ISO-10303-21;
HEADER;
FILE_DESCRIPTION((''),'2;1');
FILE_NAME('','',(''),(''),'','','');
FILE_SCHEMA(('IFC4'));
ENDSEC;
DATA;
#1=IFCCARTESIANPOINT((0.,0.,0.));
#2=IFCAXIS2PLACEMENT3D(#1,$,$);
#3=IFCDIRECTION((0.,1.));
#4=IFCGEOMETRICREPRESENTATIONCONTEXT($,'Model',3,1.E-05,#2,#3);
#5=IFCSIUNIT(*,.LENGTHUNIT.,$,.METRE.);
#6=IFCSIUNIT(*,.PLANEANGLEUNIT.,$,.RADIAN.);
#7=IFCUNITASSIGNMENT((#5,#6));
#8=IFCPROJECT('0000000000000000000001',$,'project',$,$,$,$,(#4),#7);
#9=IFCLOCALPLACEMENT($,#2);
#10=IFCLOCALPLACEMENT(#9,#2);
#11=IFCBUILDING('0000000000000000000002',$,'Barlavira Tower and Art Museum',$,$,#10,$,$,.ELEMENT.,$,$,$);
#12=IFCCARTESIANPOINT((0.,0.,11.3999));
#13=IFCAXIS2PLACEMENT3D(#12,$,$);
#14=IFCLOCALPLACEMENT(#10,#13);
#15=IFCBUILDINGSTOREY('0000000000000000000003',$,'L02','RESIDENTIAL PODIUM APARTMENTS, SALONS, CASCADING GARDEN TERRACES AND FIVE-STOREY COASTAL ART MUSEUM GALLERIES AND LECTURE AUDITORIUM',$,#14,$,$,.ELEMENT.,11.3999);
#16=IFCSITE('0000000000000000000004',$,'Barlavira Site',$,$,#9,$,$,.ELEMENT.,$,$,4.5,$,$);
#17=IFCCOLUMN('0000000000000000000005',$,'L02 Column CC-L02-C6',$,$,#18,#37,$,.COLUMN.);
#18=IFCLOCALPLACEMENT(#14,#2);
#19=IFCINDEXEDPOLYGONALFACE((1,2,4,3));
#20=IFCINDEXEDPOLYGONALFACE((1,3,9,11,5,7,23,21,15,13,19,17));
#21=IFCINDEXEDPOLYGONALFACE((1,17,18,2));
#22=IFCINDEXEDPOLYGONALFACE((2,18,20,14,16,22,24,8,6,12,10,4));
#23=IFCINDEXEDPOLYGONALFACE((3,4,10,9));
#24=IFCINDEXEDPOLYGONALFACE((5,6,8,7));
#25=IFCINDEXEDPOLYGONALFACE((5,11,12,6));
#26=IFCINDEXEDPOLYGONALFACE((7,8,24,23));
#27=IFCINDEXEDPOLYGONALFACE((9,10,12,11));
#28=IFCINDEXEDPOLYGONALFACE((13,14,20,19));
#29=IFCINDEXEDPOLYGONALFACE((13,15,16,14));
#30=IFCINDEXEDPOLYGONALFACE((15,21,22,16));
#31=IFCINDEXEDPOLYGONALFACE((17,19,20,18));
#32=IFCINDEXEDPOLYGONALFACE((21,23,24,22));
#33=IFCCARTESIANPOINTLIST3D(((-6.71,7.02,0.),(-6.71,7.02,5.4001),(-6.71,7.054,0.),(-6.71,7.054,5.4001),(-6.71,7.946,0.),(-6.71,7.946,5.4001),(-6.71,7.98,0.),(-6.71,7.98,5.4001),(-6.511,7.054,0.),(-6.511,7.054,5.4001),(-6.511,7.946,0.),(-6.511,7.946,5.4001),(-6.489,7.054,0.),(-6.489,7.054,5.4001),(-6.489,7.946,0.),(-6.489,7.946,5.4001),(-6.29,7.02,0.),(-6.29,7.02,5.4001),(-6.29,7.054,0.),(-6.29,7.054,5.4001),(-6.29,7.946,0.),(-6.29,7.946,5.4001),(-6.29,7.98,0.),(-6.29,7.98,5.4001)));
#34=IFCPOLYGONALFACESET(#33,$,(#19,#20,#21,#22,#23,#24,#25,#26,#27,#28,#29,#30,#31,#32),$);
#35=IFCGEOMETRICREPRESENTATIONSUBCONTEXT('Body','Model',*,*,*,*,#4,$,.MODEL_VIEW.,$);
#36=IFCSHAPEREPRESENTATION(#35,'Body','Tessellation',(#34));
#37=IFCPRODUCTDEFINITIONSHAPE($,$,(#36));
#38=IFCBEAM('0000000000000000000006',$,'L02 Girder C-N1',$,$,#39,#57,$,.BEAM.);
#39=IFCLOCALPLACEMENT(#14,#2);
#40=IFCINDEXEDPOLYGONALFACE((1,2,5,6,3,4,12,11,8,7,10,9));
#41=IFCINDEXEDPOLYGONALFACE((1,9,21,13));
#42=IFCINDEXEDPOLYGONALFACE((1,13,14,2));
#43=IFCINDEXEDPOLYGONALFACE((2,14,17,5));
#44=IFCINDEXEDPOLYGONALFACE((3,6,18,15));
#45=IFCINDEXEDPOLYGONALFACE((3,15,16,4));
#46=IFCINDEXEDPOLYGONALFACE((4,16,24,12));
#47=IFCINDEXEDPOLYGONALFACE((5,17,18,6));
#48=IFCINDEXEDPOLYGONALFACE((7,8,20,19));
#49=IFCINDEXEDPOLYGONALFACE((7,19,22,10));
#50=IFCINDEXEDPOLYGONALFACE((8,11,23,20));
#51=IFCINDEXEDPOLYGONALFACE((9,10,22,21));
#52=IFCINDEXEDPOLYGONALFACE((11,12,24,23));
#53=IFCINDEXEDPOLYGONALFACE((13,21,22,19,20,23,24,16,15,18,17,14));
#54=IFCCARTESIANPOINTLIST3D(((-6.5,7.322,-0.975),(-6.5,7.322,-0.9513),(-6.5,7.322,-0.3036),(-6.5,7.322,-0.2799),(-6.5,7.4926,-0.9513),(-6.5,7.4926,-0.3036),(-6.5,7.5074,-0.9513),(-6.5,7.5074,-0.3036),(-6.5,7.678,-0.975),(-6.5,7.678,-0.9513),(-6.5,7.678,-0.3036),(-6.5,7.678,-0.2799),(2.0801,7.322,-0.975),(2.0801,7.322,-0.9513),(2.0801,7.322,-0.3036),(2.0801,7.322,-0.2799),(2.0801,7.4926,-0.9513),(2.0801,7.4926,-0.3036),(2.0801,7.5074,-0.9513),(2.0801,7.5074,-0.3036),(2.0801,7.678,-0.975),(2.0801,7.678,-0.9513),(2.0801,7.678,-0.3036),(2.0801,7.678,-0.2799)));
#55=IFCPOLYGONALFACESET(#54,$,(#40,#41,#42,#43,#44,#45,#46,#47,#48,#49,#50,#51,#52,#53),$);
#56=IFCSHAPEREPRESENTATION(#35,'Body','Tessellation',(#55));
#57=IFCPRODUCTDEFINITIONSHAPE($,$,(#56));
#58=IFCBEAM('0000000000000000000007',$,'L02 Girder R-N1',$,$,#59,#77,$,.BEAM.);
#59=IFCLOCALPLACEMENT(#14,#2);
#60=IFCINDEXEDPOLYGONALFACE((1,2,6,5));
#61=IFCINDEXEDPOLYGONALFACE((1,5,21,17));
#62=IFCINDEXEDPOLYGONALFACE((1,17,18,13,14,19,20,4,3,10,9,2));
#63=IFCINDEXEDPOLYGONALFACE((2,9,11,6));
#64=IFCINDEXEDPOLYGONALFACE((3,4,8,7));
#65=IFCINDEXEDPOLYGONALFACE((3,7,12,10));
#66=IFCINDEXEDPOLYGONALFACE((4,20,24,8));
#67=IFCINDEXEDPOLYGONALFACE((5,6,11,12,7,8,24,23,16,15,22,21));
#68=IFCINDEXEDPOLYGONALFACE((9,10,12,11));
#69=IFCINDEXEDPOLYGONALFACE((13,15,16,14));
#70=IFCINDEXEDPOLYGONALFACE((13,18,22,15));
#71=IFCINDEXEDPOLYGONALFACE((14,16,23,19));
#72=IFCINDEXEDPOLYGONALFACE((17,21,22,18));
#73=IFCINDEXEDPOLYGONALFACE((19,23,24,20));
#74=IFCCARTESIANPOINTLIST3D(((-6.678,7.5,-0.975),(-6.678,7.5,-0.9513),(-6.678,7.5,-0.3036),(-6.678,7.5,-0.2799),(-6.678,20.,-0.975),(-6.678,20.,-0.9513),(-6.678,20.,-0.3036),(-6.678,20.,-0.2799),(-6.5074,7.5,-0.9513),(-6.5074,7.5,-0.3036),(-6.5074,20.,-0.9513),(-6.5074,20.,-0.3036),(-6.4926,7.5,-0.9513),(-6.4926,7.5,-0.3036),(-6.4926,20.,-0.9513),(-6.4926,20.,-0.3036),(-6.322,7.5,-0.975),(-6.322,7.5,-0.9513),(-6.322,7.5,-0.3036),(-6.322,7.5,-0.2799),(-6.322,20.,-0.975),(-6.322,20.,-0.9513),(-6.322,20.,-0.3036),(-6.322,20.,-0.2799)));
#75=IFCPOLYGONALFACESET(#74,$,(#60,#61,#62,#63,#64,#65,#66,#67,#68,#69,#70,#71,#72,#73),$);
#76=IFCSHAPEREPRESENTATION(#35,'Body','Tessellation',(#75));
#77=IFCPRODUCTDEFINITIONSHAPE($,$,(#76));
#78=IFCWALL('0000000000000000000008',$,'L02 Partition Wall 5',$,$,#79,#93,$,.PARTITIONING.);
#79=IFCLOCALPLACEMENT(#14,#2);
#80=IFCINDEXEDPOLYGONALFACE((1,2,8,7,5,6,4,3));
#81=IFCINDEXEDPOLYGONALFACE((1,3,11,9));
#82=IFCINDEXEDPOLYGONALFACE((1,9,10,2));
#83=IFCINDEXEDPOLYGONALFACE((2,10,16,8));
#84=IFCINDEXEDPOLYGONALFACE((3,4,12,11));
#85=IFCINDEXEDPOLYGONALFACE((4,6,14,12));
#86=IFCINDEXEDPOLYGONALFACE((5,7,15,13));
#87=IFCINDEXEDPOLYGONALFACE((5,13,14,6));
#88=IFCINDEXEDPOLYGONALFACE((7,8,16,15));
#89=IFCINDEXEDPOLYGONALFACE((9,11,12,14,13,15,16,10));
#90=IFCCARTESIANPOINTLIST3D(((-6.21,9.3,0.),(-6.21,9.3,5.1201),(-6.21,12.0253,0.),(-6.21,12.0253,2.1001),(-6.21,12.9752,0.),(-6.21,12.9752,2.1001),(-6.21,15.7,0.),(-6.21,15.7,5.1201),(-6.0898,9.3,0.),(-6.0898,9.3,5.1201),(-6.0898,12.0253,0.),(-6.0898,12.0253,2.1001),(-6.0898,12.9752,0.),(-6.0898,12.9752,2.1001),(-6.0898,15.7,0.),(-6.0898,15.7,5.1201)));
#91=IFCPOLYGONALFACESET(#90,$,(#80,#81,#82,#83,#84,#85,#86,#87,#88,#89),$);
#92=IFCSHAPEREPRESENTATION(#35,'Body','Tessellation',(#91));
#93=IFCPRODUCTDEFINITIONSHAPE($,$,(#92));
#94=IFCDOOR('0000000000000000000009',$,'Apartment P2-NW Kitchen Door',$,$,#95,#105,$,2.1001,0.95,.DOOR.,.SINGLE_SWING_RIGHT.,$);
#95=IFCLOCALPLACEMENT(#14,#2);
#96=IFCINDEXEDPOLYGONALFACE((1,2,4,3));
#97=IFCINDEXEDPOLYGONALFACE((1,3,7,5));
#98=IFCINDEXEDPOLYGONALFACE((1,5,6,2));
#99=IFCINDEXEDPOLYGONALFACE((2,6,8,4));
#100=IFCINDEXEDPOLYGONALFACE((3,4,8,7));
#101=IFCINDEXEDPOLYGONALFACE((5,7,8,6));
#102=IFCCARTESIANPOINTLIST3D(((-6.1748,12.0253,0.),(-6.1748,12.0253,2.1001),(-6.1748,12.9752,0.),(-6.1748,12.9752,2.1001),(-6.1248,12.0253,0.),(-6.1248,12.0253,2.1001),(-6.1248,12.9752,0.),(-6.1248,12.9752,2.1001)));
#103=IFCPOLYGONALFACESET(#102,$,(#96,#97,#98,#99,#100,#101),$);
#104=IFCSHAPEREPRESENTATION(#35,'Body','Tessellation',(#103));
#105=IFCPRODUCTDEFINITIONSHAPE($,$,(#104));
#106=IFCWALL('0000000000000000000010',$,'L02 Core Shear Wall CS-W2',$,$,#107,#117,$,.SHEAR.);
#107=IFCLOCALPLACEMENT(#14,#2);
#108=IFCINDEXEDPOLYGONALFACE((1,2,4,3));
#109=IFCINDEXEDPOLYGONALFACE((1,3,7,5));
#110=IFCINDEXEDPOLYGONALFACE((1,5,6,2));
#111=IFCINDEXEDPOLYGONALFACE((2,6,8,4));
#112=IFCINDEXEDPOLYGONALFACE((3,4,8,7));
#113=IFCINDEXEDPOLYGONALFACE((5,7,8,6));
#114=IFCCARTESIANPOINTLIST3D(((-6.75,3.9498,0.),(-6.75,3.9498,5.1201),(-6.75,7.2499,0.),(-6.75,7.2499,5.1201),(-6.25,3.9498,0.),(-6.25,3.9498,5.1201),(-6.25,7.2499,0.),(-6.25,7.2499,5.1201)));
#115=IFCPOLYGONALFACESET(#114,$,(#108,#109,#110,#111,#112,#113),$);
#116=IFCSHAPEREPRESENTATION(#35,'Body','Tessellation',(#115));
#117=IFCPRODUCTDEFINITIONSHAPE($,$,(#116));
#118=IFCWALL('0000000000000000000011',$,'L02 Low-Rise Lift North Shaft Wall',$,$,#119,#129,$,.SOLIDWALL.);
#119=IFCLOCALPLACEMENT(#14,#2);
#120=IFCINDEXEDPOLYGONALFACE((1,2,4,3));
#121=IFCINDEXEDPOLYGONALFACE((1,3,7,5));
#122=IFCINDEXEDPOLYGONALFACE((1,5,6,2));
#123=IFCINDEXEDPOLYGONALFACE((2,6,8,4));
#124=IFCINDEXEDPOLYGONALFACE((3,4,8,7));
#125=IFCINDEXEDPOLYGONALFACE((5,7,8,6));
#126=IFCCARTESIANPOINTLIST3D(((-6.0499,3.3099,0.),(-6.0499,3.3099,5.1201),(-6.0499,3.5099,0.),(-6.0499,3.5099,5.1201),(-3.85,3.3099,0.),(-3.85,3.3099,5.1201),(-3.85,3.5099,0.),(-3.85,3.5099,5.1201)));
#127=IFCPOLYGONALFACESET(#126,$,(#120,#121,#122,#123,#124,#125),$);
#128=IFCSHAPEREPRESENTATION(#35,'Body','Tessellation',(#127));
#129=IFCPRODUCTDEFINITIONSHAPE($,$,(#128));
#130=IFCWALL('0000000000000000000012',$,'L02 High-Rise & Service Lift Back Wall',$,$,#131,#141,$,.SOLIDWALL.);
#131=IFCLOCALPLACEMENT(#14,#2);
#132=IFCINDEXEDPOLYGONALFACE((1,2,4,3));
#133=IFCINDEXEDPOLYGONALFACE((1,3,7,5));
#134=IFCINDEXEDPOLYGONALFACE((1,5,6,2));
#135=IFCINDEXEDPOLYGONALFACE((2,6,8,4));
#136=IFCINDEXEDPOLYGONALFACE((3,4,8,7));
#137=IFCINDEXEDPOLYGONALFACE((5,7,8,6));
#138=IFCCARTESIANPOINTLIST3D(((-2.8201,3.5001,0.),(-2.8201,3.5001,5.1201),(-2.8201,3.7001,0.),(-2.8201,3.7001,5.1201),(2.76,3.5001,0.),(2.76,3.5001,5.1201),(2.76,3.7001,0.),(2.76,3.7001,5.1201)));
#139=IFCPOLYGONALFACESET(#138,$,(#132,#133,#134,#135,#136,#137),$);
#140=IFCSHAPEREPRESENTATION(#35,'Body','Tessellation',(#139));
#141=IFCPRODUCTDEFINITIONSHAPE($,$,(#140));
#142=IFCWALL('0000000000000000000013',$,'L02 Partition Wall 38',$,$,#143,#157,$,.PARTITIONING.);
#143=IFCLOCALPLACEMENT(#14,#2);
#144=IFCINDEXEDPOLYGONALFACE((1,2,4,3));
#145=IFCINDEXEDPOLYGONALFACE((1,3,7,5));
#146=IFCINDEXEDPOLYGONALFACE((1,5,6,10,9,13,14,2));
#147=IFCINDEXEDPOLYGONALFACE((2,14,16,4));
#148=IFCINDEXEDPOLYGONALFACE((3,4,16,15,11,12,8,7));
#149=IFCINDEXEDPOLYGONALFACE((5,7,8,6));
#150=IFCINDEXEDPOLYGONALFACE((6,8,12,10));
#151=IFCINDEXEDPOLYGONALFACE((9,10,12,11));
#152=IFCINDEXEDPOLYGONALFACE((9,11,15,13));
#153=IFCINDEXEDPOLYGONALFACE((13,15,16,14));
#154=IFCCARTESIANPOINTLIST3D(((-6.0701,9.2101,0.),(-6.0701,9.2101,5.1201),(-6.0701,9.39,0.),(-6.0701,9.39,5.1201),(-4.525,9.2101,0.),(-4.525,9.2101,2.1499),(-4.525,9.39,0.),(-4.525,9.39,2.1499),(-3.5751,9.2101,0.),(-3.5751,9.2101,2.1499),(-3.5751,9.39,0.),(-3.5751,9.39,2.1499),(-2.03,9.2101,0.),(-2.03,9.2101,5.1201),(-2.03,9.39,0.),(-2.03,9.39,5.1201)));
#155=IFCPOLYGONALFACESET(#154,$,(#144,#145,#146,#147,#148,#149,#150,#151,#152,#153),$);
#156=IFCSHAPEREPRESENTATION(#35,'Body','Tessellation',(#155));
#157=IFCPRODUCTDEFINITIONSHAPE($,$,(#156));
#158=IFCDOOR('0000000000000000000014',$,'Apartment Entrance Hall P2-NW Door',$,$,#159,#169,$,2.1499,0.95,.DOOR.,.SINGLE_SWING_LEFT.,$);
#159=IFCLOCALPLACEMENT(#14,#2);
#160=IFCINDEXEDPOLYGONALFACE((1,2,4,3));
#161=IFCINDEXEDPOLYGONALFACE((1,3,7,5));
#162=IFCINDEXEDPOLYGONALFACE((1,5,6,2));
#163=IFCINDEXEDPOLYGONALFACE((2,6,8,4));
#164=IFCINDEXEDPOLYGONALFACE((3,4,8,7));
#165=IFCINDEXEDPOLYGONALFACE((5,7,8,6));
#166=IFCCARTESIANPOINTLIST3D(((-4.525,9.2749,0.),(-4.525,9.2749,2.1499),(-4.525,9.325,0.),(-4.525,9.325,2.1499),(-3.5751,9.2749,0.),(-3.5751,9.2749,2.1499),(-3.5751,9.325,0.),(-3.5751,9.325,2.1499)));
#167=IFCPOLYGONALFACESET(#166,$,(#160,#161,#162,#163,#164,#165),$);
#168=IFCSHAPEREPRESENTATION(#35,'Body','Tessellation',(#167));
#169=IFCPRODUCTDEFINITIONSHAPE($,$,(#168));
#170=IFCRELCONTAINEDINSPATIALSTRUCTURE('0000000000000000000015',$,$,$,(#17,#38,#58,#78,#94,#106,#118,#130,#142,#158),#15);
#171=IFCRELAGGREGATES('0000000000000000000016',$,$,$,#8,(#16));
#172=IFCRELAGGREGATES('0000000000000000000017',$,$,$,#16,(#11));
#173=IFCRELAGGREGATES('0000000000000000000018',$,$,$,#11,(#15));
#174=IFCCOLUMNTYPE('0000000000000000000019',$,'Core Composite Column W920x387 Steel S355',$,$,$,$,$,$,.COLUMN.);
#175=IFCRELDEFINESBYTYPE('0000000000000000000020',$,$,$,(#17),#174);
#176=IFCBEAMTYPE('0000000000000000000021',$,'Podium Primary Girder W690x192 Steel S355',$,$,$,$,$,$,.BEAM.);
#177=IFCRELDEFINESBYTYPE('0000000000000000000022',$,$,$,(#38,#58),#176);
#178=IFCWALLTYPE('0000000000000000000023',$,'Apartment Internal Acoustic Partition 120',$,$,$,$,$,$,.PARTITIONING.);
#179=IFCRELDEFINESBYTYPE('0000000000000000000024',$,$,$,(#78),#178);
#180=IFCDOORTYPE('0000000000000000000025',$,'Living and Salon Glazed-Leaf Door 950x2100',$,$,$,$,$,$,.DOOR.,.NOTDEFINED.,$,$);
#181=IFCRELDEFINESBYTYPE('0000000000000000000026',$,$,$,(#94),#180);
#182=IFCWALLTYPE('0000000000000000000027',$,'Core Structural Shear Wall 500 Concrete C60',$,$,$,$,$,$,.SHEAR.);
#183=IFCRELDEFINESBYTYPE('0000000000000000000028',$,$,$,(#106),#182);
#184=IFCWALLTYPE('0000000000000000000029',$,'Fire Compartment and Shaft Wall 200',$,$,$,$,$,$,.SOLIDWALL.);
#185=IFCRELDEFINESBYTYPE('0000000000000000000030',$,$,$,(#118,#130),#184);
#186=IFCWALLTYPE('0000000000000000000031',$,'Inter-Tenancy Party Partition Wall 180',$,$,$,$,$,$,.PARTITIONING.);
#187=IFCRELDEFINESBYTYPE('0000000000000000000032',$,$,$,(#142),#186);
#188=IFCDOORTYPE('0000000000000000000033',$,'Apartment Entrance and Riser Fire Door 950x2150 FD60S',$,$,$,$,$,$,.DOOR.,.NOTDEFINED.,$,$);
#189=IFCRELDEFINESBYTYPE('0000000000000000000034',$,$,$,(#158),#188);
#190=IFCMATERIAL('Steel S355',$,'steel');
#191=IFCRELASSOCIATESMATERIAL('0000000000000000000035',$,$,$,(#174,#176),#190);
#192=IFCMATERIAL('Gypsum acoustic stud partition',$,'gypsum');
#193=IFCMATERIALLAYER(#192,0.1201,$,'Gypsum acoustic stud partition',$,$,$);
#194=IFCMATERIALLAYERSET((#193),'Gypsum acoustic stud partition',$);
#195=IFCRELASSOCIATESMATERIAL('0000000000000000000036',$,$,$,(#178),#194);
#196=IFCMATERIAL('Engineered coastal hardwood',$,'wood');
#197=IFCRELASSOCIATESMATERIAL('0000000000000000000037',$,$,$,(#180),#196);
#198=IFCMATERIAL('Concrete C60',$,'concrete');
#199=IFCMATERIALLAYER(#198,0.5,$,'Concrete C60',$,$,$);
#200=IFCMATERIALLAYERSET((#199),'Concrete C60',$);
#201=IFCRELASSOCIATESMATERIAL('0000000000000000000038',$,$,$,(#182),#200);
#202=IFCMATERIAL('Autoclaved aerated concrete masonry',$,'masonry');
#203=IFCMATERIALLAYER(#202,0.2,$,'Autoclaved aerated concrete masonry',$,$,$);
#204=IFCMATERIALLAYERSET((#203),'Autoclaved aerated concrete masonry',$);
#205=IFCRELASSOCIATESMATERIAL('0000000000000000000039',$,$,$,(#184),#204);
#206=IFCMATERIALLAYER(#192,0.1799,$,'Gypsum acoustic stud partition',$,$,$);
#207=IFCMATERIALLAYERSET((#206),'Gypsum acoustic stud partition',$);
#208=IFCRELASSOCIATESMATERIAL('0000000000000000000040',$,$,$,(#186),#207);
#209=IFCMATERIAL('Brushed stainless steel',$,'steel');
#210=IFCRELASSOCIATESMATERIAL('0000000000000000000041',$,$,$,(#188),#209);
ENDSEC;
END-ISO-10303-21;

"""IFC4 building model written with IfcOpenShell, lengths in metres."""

from ifc_helpers import new_model, si_unit, direction, frame, frame_2d, origin, origin_2d, place, context, subcontext, project, spatial, rectangle, i_section, extrude, material, layer, layer_set, material_profile, profile_set, type_object, element, fill, save


model = new_model("IFC4")

# Units and contexts
model_context = context("Model", 3, precision=1e-05, world=origin(), true_north=direction((0.0, 1.0)))
body_context = subcontext(model_context, "Body", "Model", "MODEL_VIEW")
ifc_project = project(units=[si_unit("LENGTHUNIT", "METRE"), si_unit("PLANEANGLEUNIT", "RADIAN")], contexts=[model_context])

# Site, building, storey
site_placement = place(None, origin())
site = spatial("IfcSite", under=ifc_project, at=site_placement, Name="Barlavira Site", CompositionType="ELEMENT", RefElevation=4.5)
building_placement = place(site_placement, origin())
building = spatial("IfcBuilding", under=site, at=building_placement, Name="Barlavira Tower and Art Museum", CompositionType="ELEMENT")
storey_placement = place(building_placement, frame((0.0, 0.0, 11.3999)))
storey = spatial("IfcBuildingStorey", under=building, at=storey_placement, Name="L02", Description="RESIDENTIAL PODIUM APARTMENTS, SALONS, CASCADING GARDEN TERRACES AND FIVE-STOREY COASTAL ART MUSEUM GALLERIES AND LECTURE AUDITORIUM", CompositionType="ELEMENT", Elevation=11.3999)

# Column
ifc_material_1 = material(Name="Steel S355", Category="steel")
ifc_material_profile_1 = material_profile(ifc_material_1, i_section(OverallWidth=0.4199, OverallDepth=0.96, WebThickness=0.022, FlangeThickness=0.0339, at=origin_2d()), Name="W920x387.0")
ifc_profile_set_1 = profile_set([ifc_material_profile_1], Name="Steel S355")
column_type = type_object("IfcColumnType", Name="Core Composite Column W920x387 Steel S355", PredefinedType="COLUMN", material=ifc_profile_set_1)
column_placement = place(storey_placement, frame((-6.5, 7.5, 0.0), z_axis=(0.0, 0.0, 1.0), x_axis=(1.0, 0.0, 0.0)))
element("IfcColumn", 1, at=column_placement, inside=storey, type_object=column_type, Name="L02 Column CC-L02-C6", PredefinedType="COLUMN", context=body_context, shape_type="SweptSolid", body=[
    extrude(i_section(OverallWidth=0.4199, OverallDepth=0.96, WebThickness=0.022, FlangeThickness=0.0339, at=origin_2d()), origin(), (0.0, 0.0, 1.0), 5.4001),
])

# Beams
ifc_material_profile_2 = material_profile(ifc_material_1, i_section(OverallWidth=0.356, OverallDepth=0.6951, WebThickness=0.0149, FlangeThickness=0.0237, at=origin_2d()), Name="W690x192.0")
ifc_profile_set_2 = profile_set([ifc_material_profile_2], Name="Steel S355")
beam_type = type_object("IfcBeamType", Name="Podium Primary Girder W690x192 Steel S355", PredefinedType="BEAM", material=ifc_profile_set_2)
beam_1_placement = place(storey_placement, frame((-6.5, 7.5, -0.6274), z_axis=(1.0, 0.0, 0.0), x_axis=(0.0, 1.0, 0.0)))
element("IfcBeam", 2, at=beam_1_placement, inside=storey, type_object=beam_type, Name="L02 Girder C-N1", PredefinedType="BEAM", context=body_context, shape_type="SweptSolid", body=[
    extrude(i_section(OverallWidth=0.356, OverallDepth=0.6951, WebThickness=0.0149, FlangeThickness=0.0237, at=origin_2d()), origin(), (0.0, 0.0, 1.0), 8.5801),
])
beam_2_placement = place(storey_placement, frame((-6.5, 7.5, -0.6274), z_axis=(0.0, 1.0, 0.0), x_axis=(-1.0, 0.0, 0.0)))
element("IfcBeam", 3, at=beam_2_placement, inside=storey, type_object=beam_type, Name="L02 Girder R-N1", PredefinedType="BEAM", context=body_context, shape_type="SweptSolid", body=[
    extrude(i_section(OverallWidth=0.356, OverallDepth=0.6951, WebThickness=0.0149, FlangeThickness=0.0237, at=origin_2d()), origin(), (0.0, 0.0, 1.0), 12.5),
])

# Wall, opening, door
ifc_material_2 = material(Name="Gypsum acoustic stud partition", Category="gypsum")
ifc_layer_1 = layer(ifc_material_2, 0.1201, Name="Gypsum acoustic stud partition")
ifc_layer_set_1 = layer_set([ifc_layer_1], Name="Gypsum acoustic stud partition")
wall_type_1 = type_object("IfcWallType", Name="Apartment Internal Acoustic Partition 120", PredefinedType="PARTITIONING", material=ifc_layer_set_1)
wall_1_placement = place(storey_placement, frame((-6.1499, 9.3, 0.0), z_axis=(0.0, 0.0, 1.0), x_axis=(0.0, 1.0, 0.0)))
wall_1 = element("IfcWall", 4, at=wall_1_placement, inside=storey, type_object=wall_type_1, Name="L02 Partition Wall 5", PredefinedType="PARTITIONING", context=body_context, shape_type="SweptSolid", body=[
    extrude(rectangle(XDim=6.3999, YDim=0.1201, at=frame_2d((3.2, 0.0))), origin(), (0.0, 0.0, 1.0), 5.1201),
])
opening_1_placement = place(wall_1_placement, frame((2.7251, 0.0, 0.0)))
opening_1 = element("IfcOpeningElement", 5, at=opening_1_placement, cuts=wall_1, PredefinedType="OPENING", context=body_context, shape_type="SweptSolid", body=[
    extrude(rectangle(XDim=0.95, YDim=2.1001, at=frame_2d((0.4751, 1.05))), frame((0.0, 0.0701, 0.0), z_axis=(0.0, -1.0, 0.0), x_axis=(1.0, 0.0, 0.0)), (0.0, 0.0, 1.0), 0.1401),
])
ifc_material_3 = material(Name="Engineered coastal hardwood", Category="wood")
door_type_1 = type_object("IfcDoorType", Name="Living and Salon Glazed-Leaf Door 950x2100", OperationType="NOTDEFINED", PredefinedType="DOOR", material=ifc_material_3)
door_1_placement = place(opening_1_placement, origin())
door_1 = element("IfcDoor", 6, at=door_1_placement, inside=storey, type_object=door_type_1, Name="Apartment P2-NW Kitchen Door", OperationType="SINGLE_SWING_RIGHT", OverallHeight=2.1001, OverallWidth=0.95, PredefinedType="DOOR", context=body_context, shape_type="SweptSolid", body=[
    extrude(rectangle(XDim=0.95, YDim=2.1001, at=frame_2d((0.4751, 1.05))), frame((0.0, 0.0249, 0.0), z_axis=(0.0, -1.0, 0.0), x_axis=(1.0, 0.0, 0.0)), (0.0, 0.0, 1.0), 0.05),
])
fill(opening_1, door_1)

# Walls
ifc_material_4 = material(Name="Concrete C60", Category="concrete")
ifc_layer_2 = layer(ifc_material_4, 0.5, Name="Concrete C60")
ifc_layer_set_2 = layer_set([ifc_layer_2], Name="Concrete C60")
wall_type_2 = type_object("IfcWallType", Name="Core Structural Shear Wall 500 Concrete C60", PredefinedType="SHEAR", material=ifc_layer_set_2)
wall_2_placement = place(storey_placement, frame((-6.5, 3.95, 0.0), z_axis=(0.0, 0.0, 1.0), x_axis=(0.0, 1.0, 0.0)))
element("IfcWall", 7, at=wall_2_placement, inside=storey, type_object=wall_type_2, Name="L02 Core Shear Wall CS-W2", PredefinedType="SHEAR", context=body_context, shape_type="SweptSolid", body=[
    extrude(rectangle(XDim=3.3, YDim=0.5, at=frame_2d((1.6499, 0.0))), origin(), (0.0, 0.0, 1.0), 5.1201),
])
ifc_material_5 = material(Name="Autoclaved aerated concrete masonry", Category="masonry")
ifc_layer_3 = layer(ifc_material_5, 0.2, Name="Autoclaved aerated concrete masonry")
ifc_layer_set_3 = layer_set([ifc_layer_3], Name="Autoclaved aerated concrete masonry")
wall_type_3 = type_object("IfcWallType", Name="Fire Compartment and Shaft Wall 200", PredefinedType="SOLIDWALL", material=ifc_layer_set_3)
wall_3_placement = place(storey_placement, frame((-6.05, 3.4099, 0.0), z_axis=(0.0, 0.0, 1.0), x_axis=(1.0, 0.0, 0.0)))
element("IfcWall", 8, at=wall_3_placement, inside=storey, type_object=wall_type_3, Name="L02 Low-Rise Lift North Shaft Wall", PredefinedType="SOLIDWALL", context=body_context, shape_type="SweptSolid", body=[
    extrude(rectangle(XDim=2.2, YDim=0.2, at=frame_2d((1.1001, 0.0))), origin(), (0.0, 0.0, 1.0), 5.1201),
])

# Shared definitions
ifc_material_6 = material(Name="Brushed stainless steel", Category="steel")

# Wall
wall_4_placement = place(storey_placement, frame((-2.8201, 3.6001, 0.0), z_axis=(0.0, 0.0, 1.0), x_axis=(1.0, 0.0, 0.0)))
element("IfcWall", 9, at=wall_4_placement, inside=storey, type_object=wall_type_3, Name="L02 High-Rise & Service Lift Back Wall", PredefinedType="SOLIDWALL", context=body_context, shape_type="SweptSolid", body=[
    extrude(rectangle(XDim=5.5801, YDim=0.2, at=frame_2d((2.79, 0.0))), origin(), (0.0, 0.0, 1.0), 5.1201),
])

# Wall, opening, door
ifc_layer_4 = layer(ifc_material_2, 0.1799, Name="Gypsum acoustic stud partition")
ifc_layer_set_4 = layer_set([ifc_layer_4], Name="Gypsum acoustic stud partition")
wall_type_4 = type_object("IfcWallType", Name="Inter-Tenancy Party Partition Wall 180", PredefinedType="PARTITIONING", material=ifc_layer_set_4)
wall_5_placement = place(storey_placement, frame((-6.0701, 9.3, 0.0), z_axis=(0.0, 0.0, 1.0), x_axis=(1.0, 0.0, 0.0)))
wall_5 = element("IfcWall", 10, at=wall_5_placement, inside=storey, type_object=wall_type_4, Name="L02 Partition Wall 38", PredefinedType="PARTITIONING", context=body_context, shape_type="SweptSolid", body=[
    extrude(rectangle(XDim=4.04, YDim=0.1799, at=frame_2d((2.02, 0.0))), origin(), (0.0, 0.0, 1.0), 5.1201),
])
opening_2_placement = place(wall_5_placement, frame((1.5449, 0.0, 0.0)))
opening_2 = element("IfcOpeningElement", 11, at=opening_2_placement, cuts=wall_5, PredefinedType="OPENING", context=body_context, shape_type="SweptSolid", body=[
    extrude(rectangle(XDim=0.95, YDim=2.1499, at=frame_2d((0.4751, 1.075))), frame((0.0, 0.1001, 0.0), z_axis=(0.0, -1.0, 0.0), x_axis=(1.0, 0.0, 0.0)), (0.0, 0.0, 1.0), 0.2),
])
door_type_2 = type_object("IfcDoorType", Name="Apartment Entrance and Riser Fire Door 950x2150 FD60S", OperationType="NOTDEFINED", PredefinedType="DOOR", material=ifc_material_6)
door_2_placement = place(opening_2_placement, origin())
door_2 = element("IfcDoor", 12, at=door_2_placement, inside=storey, type_object=door_type_2, Name="Apartment Entrance Hall P2-NW Door", OperationType="SINGLE_SWING_LEFT", OverallHeight=2.1499, OverallWidth=0.95, PredefinedType="DOOR", context=body_context, shape_type="SweptSolid", body=[
    extrude(rectangle(XDim=0.95, YDim=2.1499, at=frame_2d((0.4751, 1.075))), frame((0.0, 0.0249, 0.0), z_axis=(0.0, -1.0, 0.0), x_axis=(1.0, 0.0, 0.0)), (0.0, 0.0, 1.0), 0.05),
])
fill(opening_2, door_2)

save(model, "model.ifc")
